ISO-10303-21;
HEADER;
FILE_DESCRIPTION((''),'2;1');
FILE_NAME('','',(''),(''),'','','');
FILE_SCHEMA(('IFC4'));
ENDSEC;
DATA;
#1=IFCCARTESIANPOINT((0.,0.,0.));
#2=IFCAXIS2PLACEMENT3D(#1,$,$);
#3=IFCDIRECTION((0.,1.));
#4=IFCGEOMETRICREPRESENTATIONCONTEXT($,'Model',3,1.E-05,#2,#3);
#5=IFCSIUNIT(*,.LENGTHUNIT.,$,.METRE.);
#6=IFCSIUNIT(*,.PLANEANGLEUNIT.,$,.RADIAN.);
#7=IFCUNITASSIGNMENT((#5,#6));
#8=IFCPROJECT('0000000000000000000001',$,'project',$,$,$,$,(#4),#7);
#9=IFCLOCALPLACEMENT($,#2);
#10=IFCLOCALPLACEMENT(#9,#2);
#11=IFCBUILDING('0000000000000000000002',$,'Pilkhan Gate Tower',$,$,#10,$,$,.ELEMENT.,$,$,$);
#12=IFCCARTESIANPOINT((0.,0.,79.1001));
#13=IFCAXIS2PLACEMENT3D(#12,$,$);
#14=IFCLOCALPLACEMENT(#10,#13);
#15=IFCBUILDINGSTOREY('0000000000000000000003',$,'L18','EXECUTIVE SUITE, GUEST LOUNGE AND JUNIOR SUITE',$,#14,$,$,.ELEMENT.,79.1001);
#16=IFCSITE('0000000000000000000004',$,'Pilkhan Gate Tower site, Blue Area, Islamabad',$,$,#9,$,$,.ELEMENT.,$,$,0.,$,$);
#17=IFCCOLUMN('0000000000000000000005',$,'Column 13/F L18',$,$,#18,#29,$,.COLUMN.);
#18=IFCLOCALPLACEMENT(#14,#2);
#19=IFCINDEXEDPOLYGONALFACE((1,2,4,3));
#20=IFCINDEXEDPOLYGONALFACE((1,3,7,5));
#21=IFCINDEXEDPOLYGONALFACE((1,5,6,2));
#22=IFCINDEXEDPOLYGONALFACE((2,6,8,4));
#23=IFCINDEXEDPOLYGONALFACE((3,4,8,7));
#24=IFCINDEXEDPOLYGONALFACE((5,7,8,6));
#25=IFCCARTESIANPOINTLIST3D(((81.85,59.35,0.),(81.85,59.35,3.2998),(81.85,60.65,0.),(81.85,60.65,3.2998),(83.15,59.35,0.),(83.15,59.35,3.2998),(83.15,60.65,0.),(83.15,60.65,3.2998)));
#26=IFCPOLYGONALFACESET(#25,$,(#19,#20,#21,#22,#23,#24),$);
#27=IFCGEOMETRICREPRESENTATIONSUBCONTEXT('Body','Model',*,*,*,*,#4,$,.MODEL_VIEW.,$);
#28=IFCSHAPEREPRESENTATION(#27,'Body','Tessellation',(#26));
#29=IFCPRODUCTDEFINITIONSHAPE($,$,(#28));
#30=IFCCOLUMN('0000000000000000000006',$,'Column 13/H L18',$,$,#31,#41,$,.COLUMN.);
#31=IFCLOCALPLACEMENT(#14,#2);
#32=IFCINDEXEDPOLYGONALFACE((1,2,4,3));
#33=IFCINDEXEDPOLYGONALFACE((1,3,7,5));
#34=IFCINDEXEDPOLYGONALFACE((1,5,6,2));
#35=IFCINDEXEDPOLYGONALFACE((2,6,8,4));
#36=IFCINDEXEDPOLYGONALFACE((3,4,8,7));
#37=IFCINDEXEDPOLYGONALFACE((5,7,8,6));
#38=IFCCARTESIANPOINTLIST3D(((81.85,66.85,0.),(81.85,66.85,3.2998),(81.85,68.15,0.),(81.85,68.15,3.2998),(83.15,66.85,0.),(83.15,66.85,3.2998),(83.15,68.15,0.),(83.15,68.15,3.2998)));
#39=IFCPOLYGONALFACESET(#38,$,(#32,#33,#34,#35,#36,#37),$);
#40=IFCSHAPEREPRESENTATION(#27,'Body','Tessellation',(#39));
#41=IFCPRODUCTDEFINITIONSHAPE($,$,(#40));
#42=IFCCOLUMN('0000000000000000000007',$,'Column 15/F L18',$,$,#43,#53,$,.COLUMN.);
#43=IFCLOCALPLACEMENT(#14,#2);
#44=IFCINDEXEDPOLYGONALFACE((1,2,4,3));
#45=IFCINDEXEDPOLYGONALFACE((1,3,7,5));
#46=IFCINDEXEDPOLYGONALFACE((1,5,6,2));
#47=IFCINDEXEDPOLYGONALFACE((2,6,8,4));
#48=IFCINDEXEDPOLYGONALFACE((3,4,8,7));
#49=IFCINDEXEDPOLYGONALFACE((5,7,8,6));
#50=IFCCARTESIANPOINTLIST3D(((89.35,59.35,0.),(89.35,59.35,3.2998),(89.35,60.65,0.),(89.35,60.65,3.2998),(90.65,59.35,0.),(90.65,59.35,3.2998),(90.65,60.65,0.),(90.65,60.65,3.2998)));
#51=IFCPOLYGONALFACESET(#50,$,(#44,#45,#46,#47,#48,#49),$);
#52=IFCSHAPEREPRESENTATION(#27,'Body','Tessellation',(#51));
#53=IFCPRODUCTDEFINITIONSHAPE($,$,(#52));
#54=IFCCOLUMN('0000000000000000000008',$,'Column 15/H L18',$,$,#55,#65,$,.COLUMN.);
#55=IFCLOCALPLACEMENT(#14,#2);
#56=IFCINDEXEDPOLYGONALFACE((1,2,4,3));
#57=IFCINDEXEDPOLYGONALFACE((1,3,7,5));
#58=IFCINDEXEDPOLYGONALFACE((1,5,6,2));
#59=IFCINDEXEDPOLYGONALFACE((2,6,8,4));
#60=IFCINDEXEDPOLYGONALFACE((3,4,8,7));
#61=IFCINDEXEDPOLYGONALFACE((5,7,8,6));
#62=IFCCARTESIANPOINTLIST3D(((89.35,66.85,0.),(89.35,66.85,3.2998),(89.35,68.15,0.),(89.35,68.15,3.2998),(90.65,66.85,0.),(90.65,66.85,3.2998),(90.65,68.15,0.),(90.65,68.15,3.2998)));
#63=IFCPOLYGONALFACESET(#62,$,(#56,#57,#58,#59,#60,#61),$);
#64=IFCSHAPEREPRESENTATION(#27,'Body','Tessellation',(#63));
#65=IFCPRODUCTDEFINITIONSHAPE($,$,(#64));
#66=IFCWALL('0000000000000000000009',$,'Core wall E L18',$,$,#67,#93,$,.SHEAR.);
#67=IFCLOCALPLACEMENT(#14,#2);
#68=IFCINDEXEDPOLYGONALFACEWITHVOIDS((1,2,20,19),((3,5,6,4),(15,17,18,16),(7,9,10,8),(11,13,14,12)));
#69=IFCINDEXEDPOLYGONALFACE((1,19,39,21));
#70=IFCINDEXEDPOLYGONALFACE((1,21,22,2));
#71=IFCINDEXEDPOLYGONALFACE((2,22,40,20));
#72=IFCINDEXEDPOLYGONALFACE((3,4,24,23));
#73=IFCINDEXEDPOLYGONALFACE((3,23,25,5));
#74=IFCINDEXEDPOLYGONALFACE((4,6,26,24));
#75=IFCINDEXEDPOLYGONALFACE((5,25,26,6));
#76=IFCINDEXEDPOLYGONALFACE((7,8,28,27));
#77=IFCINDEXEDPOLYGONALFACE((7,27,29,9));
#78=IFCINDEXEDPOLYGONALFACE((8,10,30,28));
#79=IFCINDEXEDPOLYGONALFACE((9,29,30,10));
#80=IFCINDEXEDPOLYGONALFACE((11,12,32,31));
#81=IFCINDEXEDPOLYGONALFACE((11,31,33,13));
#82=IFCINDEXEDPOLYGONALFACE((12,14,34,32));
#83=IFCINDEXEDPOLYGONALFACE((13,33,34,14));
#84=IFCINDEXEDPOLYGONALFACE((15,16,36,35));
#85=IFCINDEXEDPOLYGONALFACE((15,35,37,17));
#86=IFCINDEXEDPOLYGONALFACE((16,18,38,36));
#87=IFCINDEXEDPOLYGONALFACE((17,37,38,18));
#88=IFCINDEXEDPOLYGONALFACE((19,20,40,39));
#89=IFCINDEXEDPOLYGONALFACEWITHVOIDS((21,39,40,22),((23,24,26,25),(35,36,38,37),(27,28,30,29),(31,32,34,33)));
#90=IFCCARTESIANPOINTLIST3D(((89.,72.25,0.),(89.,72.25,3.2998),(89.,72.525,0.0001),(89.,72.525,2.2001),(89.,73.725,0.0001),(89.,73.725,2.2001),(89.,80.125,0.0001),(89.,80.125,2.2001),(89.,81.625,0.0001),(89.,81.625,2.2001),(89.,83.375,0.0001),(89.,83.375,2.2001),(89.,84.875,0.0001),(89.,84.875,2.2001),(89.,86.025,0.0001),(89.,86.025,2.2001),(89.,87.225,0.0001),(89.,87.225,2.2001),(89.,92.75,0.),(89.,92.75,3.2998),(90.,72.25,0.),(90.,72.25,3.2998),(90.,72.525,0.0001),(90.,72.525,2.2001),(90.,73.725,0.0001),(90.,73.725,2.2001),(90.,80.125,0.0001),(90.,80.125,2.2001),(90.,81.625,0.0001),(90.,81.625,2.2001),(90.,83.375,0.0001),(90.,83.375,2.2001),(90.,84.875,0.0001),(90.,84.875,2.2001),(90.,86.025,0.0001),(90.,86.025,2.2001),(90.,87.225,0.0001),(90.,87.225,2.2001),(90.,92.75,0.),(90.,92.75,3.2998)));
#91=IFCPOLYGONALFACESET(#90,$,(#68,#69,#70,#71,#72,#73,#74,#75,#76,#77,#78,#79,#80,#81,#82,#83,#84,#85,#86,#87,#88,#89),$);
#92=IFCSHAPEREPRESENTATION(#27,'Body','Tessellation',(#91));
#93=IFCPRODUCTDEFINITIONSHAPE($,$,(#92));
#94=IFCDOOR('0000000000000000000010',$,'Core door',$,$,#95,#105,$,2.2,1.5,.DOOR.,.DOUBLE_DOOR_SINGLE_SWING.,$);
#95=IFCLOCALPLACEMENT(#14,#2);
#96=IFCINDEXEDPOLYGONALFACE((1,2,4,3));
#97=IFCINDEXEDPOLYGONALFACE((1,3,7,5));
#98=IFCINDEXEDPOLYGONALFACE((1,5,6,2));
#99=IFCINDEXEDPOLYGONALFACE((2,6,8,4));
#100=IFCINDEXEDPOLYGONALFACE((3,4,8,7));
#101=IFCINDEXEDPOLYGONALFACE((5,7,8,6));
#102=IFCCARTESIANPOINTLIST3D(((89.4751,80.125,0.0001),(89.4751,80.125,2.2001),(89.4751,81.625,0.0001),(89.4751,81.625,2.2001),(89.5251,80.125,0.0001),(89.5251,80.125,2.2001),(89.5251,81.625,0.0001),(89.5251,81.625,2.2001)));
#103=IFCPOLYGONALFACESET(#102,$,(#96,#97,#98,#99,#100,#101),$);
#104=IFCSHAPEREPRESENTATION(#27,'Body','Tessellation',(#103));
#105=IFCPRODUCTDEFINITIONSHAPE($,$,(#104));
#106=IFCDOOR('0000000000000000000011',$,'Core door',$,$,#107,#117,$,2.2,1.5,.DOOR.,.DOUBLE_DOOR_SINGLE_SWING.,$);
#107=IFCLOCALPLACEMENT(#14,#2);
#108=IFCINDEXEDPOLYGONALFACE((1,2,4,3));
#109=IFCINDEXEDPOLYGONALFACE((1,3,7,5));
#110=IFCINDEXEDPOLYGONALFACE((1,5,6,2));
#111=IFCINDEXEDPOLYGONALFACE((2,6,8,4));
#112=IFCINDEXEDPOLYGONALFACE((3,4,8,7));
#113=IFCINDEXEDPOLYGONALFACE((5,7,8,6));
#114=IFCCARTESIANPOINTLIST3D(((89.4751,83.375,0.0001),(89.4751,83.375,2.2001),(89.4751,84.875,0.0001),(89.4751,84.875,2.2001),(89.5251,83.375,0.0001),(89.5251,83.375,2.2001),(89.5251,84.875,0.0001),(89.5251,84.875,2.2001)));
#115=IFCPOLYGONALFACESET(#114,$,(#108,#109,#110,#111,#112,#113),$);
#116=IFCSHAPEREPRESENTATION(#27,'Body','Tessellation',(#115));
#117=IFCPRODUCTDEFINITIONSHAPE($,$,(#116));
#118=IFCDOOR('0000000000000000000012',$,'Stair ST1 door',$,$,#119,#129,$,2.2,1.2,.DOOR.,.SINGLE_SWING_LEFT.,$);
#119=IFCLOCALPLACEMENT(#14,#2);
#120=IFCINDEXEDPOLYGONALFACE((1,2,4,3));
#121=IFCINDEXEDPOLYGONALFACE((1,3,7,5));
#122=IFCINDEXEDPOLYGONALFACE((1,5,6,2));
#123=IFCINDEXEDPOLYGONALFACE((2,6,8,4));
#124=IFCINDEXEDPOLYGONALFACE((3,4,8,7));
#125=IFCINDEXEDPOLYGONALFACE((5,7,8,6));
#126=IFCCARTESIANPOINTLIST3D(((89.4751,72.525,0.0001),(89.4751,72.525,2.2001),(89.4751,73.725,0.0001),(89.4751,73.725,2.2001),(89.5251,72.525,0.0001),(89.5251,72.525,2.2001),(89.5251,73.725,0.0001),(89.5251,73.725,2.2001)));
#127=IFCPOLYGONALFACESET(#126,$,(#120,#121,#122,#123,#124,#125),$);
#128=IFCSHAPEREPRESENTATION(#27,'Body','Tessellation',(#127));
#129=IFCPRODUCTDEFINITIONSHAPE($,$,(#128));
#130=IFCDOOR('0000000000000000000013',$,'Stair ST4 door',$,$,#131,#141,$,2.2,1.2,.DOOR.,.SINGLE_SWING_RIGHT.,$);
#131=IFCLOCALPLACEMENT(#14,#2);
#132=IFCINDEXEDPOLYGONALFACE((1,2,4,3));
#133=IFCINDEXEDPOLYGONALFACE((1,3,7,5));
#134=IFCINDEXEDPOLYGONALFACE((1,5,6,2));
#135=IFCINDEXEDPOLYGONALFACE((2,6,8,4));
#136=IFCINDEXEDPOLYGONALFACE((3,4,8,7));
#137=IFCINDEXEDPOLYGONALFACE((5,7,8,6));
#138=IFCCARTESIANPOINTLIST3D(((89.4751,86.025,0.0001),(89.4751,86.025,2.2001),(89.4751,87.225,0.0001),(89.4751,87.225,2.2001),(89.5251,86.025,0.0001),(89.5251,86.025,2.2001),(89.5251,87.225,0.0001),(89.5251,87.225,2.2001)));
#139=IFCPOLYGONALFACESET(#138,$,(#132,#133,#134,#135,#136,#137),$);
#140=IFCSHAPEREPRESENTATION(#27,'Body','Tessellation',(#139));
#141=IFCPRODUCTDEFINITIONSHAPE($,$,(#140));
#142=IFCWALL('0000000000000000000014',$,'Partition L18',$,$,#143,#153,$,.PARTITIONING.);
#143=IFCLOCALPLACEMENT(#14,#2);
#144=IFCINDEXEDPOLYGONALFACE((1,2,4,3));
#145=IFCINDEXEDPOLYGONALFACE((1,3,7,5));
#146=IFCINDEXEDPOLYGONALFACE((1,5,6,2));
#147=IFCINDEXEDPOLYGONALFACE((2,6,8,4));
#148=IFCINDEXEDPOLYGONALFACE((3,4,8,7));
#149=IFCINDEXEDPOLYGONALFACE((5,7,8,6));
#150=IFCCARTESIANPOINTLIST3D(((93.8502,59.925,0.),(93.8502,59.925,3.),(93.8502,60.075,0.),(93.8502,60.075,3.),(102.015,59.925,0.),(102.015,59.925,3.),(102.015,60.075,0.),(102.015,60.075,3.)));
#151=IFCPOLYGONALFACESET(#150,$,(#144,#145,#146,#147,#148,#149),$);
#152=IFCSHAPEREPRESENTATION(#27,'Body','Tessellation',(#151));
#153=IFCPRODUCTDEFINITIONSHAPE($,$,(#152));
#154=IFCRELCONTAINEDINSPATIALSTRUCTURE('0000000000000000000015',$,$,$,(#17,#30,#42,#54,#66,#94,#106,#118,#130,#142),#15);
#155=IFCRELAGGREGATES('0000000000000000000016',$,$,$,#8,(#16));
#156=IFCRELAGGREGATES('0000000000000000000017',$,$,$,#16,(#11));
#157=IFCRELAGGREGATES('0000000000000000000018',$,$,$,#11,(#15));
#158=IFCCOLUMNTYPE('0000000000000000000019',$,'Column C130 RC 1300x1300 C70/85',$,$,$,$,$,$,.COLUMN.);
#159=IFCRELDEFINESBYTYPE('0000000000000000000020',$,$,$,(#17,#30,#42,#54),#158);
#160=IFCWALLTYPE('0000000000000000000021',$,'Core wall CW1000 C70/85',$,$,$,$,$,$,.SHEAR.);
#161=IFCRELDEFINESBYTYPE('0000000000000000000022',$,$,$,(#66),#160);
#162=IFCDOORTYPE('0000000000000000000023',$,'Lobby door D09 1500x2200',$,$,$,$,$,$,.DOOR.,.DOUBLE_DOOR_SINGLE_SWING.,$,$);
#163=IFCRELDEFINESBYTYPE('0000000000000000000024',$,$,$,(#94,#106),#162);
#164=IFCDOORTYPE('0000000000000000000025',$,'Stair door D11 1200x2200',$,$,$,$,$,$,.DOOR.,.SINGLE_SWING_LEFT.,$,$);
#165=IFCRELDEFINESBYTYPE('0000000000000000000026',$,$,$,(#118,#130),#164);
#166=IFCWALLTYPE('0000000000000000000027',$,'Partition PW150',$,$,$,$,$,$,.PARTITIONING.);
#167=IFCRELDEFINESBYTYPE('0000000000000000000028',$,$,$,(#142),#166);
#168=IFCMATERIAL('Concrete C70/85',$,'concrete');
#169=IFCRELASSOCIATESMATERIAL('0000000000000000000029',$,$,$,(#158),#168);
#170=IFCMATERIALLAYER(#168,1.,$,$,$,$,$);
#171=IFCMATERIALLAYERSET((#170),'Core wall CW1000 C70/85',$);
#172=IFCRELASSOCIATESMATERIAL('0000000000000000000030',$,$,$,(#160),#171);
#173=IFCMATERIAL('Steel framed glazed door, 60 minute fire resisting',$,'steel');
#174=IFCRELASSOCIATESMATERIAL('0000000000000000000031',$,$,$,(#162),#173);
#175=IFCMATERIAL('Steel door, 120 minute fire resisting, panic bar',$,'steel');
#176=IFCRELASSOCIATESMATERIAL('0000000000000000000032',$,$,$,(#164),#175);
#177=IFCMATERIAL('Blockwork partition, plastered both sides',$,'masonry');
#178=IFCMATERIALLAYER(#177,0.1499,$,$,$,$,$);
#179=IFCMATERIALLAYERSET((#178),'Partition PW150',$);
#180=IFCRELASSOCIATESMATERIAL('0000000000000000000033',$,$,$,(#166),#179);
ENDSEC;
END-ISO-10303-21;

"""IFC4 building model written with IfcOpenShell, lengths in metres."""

from ifc_helpers import new_model, si_unit, direction, frame, frame_2d, origin, origin_2d, place, context, subcontext, project, spatial, rectangle, extrude, material, layer, layer_set, material_profile, profile_set, type_object, element, fill, save


model = new_model("IFC4")

# Units and contexts
model_context = context("Model", 3, precision=1e-05, world=origin(), true_north=direction((0.0, 1.0)))
body_context = subcontext(model_context, "Body", "Model", "MODEL_VIEW")
ifc_project = project(units=[si_unit("LENGTHUNIT", "METRE"), si_unit("PLANEANGLEUNIT", "RADIAN")], contexts=[model_context])

# Site, building, storey
site_placement = place(None, origin())
site = spatial("IfcSite", under=ifc_project, at=site_placement, Name="Pilkhan Gate Tower site, Blue Area, Islamabad", CompositionType="ELEMENT", RefElevation=0.0)
building_placement = place(site_placement, origin())
building = spatial("IfcBuilding", under=site, at=building_placement, Name="Pilkhan Gate Tower", CompositionType="ELEMENT")
storey_placement = place(building_placement, frame((0.0, 0.0, 79.1001)))
storey = spatial("IfcBuildingStorey", under=building, at=storey_placement, Name="L18", Description="EXECUTIVE SUITE, GUEST LOUNGE AND JUNIOR SUITE", CompositionType="ELEMENT", Elevation=79.1001)

# Columns
ifc_material_1 = material(Name="Concrete C70/85", Category="concrete")
ifc_material_profile = material_profile(ifc_material_1, rectangle(XDim=1.3, YDim=1.3, at=origin_2d()), Name="RC 1300x1300")
ifc_profile_set = profile_set([ifc_material_profile], Name="Concrete C70/85")
column_type = type_object("IfcColumnType", Name="Column C130 RC 1300x1300 C70/85", PredefinedType="COLUMN", material=ifc_profile_set)
for number, where, z_axis, x_axis, name in (
    (1, (82.5, 60.0, 0.0), (0.0, 0.0, 1.0), (1.0, 0.0, 0.0), "Column 13/F L18"),
    (2, (82.5, 67.5, 0.0), (0.0, 0.0, 1.0), (1.0, 0.0, 0.0), "Column 13/H L18"),
    (3, (90.0, 60.0, 0.0), (0.0, 0.0, 1.0), (1.0, 0.0, 0.0), "Column 15/F L18"),
    (4, (90.0, 67.5, 0.0), (0.0, 0.0, 1.0), (1.0, 0.0, 0.0), "Column 15/H L18"),
):
    element("IfcColumn", number, at=place(storey_placement, frame(where, z_axis=z_axis, x_axis=x_axis)), inside=storey, type_object=column_type, Name=name, PredefinedType="COLUMN", context=body_context, shape_type="SweptSolid", body=[
        extrude(rectangle(XDim=1.3, YDim=1.3, at=origin_2d()), origin(), (0.0, 0.0, 1.0), 3.2998),
    ])

# Wall, openings, doors
ifc_layer_1 = layer(ifc_material_1, 1.0)
ifc_layer_set_1 = layer_set([ifc_layer_1], Name="Core wall CW1000 C70/85")
wall_type_1 = type_object("IfcWallType", Name="Core wall CW1000 C70/85", PredefinedType="SHEAR", material=ifc_layer_set_1)
wall_1_placement = place(storey_placement, frame((89.5, 72.25, 0.0), z_axis=(0.0, 0.0, 1.0), x_axis=(0.0, 1.0, 0.0)))
wall_1 = element("IfcWall", 5, at=wall_1_placement, inside=storey, type_object=wall_type_1, Name="Core wall E L18", PredefinedType="SHEAR", context=body_context, shape_type="SweptSolid", body=[
    extrude(rectangle(XDim=20.5, YDim=1.0, at=frame_2d((10.25, 0.0))), origin(), (0.0, 0.0, 1.0), 3.2998),
])
opening_1_placement = place(wall_1_placement, frame((0.2749, 0.0, 0.0)))
opening_1 = element("IfcOpeningElement", 6, at=opening_1_placement, cuts=wall_1, PredefinedType="OPENING", context=body_context, shape_type="SweptSolid", body=[
    extrude(rectangle(XDim=1.2, YDim=2.2, at=frame_2d((0.6001, 1.1001))), frame((0.0, 0.51, 0.0), z_axis=(0.0, -1.0, 0.0), x_axis=(1.0, 0.0, 0.0)), (0.0, 0.0, 1.0), 1.02),
])
opening_2_placement = place(wall_1_placement, frame((13.7749, 0.0, 0.0)))
opening_2 = element("IfcOpeningElement", 7, at=opening_2_placement, cuts=wall_1, PredefinedType="OPENING", context=body_context, shape_type="SweptSolid", body=[
    extrude(rectangle(XDim=1.2, YDim=2.2, at=frame_2d((0.6001, 1.1001))), frame((0.0, 0.51, 0.0), z_axis=(0.0, -1.0, 0.0), x_axis=(1.0, 0.0, 0.0)), (0.0, 0.0, 1.0), 1.02),
])
opening_3_placement = place(wall_1_placement, frame((7.875, 0.0, 0.0)))
opening_3 = element("IfcOpeningElement", 8, at=opening_3_placement, cuts=wall_1, PredefinedType="OPENING", context=body_context, shape_type="SweptSolid", body=[
    extrude(rectangle(XDim=1.5, YDim=2.2, at=frame_2d((0.75, 1.1001))), frame((0.0, 0.51, 0.0), z_axis=(0.0, -1.0, 0.0), x_axis=(1.0, 0.0, 0.0)), (0.0, 0.0, 1.0), 1.02),
])
opening_4_placement = place(wall_1_placement, frame((11.125, 0.0, 0.0)))
opening_4 = element("IfcOpeningElement", 9, at=opening_4_placement, cuts=wall_1, PredefinedType="OPENING", context=body_context, shape_type="SweptSolid", body=[
    extrude(rectangle(XDim=1.5, YDim=2.2, at=frame_2d((0.75, 1.1001))), frame((0.0, 0.51, 0.0), z_axis=(0.0, -1.0, 0.0), x_axis=(1.0, 0.0, 0.0)), (0.0, 0.0, 1.0), 1.02),
])
ifc_material_2 = material(Name="Steel framed glazed door, 60 minute fire resisting", Category="steel")
door_type_1 = type_object("IfcDoorType", Name="Lobby door D09 1500x2200", OperationType="DOUBLE_DOOR_SINGLE_SWING", PredefinedType="DOOR", material=ifc_material_2)
door_1_placement = place(opening_3_placement, origin())
door_1 = element("IfcDoor", 10, at=door_1_placement, inside=storey, type_object=door_type_1, Name="Core door", OperationType="DOUBLE_DOOR_SINGLE_SWING", OverallHeight=2.2, OverallWidth=1.5, PredefinedType="DOOR", context=body_context, shape_type="SweptSolid", body=[
    extrude(rectangle(XDim=1.5, YDim=2.2, at=frame_2d((0.75, 1.1001))), frame((0.0, 0.0249, 0.0), z_axis=(0.0, -1.0, 0.0), x_axis=(1.0, 0.0, 0.0)), (0.0, 0.0, 1.0), 0.05),
])
fill(opening_3, door_1)
door_2_placement = place(opening_4_placement, origin())
door_2 = element("IfcDoor", 11, at=door_2_placement, inside=storey, type_object=door_type_1, Name="Core door", OperationType="DOUBLE_DOOR_SINGLE_SWING", OverallHeight=2.2, OverallWidth=1.5, PredefinedType="DOOR", context=body_context, shape_type="SweptSolid", body=[
    extrude(rectangle(XDim=1.5, YDim=2.2, at=frame_2d((0.75, 1.1001))), frame((0.0, 0.0249, 0.0), z_axis=(0.0, -1.0, 0.0), x_axis=(1.0, 0.0, 0.0)), (0.0, 0.0, 1.0), 0.05),
])
fill(opening_4, door_2)
ifc_material_3 = material(Name="Steel door, 120 minute fire resisting, panic bar", Category="steel")
door_type_2 = type_object("IfcDoorType", Name="Stair door D11 1200x2200", OperationType="SINGLE_SWING_LEFT", PredefinedType="DOOR", material=ifc_material_3)
door_3_placement = place(opening_1_placement, origin())
door_3 = element("IfcDoor", 12, at=door_3_placement, inside=storey, type_object=door_type_2, Name="Stair ST1 door", OperationType="SINGLE_SWING_LEFT", OverallHeight=2.2, OverallWidth=1.2, PredefinedType="DOOR", context=body_context, shape_type="SweptSolid", body=[
    extrude(rectangle(XDim=1.2, YDim=2.2, at=frame_2d((0.6001, 1.1001))), frame((0.0, 0.0249, 0.0), z_axis=(0.0, -1.0, 0.0), x_axis=(1.0, 0.0, 0.0)), (0.0, 0.0, 1.0), 0.05),
])
fill(opening_1, door_3)
door_4_placement = place(opening_2_placement, origin())
door_4 = element("IfcDoor", 13, at=door_4_placement, inside=storey, type_object=door_type_2, Name="Stair ST4 door", OperationType="SINGLE_SWING_RIGHT", OverallHeight=2.2, OverallWidth=1.2, PredefinedType="DOOR", context=body_context, shape_type="SweptSolid", body=[
    extrude(rectangle(XDim=1.2, YDim=2.2, at=frame_2d((0.6001, 1.1001))), frame((0.0, 0.0249, 0.0), z_axis=(0.0, -1.0, 0.0), x_axis=(1.0, 0.0, 0.0)), (0.0, 0.0, 1.0), 0.05),
])
fill(opening_2, door_4)

# Wall
ifc_material_4 = material(Name="Blockwork partition, plastered both sides", Category="masonry")
ifc_layer_2 = layer(ifc_material_4, 0.1499)
ifc_layer_set_2 = layer_set([ifc_layer_2], Name="Partition PW150")
wall_type_2 = type_object("IfcWallType", Name="Partition PW150", PredefinedType="PARTITIONING", material=ifc_layer_set_2)
wall_2_placement = place(storey_placement, frame((93.8501, 60.0, 0.0), z_axis=(0.0, 0.0, 1.0), x_axis=(1.0, 0.0, 0.0)))
element("IfcWall", 14, at=wall_2_placement, inside=storey, type_object=wall_type_2, Name="Partition L18", PredefinedType="PARTITIONING", context=body_context, shape_type="SweptSolid", body=[
    extrude(rectangle(XDim=8.1648, YDim=0.1499, at=frame_2d((4.0825, 0.0))), origin(), (0.0, 0.0, 1.0), 3.0),
])

save(model, "model.ifc")
